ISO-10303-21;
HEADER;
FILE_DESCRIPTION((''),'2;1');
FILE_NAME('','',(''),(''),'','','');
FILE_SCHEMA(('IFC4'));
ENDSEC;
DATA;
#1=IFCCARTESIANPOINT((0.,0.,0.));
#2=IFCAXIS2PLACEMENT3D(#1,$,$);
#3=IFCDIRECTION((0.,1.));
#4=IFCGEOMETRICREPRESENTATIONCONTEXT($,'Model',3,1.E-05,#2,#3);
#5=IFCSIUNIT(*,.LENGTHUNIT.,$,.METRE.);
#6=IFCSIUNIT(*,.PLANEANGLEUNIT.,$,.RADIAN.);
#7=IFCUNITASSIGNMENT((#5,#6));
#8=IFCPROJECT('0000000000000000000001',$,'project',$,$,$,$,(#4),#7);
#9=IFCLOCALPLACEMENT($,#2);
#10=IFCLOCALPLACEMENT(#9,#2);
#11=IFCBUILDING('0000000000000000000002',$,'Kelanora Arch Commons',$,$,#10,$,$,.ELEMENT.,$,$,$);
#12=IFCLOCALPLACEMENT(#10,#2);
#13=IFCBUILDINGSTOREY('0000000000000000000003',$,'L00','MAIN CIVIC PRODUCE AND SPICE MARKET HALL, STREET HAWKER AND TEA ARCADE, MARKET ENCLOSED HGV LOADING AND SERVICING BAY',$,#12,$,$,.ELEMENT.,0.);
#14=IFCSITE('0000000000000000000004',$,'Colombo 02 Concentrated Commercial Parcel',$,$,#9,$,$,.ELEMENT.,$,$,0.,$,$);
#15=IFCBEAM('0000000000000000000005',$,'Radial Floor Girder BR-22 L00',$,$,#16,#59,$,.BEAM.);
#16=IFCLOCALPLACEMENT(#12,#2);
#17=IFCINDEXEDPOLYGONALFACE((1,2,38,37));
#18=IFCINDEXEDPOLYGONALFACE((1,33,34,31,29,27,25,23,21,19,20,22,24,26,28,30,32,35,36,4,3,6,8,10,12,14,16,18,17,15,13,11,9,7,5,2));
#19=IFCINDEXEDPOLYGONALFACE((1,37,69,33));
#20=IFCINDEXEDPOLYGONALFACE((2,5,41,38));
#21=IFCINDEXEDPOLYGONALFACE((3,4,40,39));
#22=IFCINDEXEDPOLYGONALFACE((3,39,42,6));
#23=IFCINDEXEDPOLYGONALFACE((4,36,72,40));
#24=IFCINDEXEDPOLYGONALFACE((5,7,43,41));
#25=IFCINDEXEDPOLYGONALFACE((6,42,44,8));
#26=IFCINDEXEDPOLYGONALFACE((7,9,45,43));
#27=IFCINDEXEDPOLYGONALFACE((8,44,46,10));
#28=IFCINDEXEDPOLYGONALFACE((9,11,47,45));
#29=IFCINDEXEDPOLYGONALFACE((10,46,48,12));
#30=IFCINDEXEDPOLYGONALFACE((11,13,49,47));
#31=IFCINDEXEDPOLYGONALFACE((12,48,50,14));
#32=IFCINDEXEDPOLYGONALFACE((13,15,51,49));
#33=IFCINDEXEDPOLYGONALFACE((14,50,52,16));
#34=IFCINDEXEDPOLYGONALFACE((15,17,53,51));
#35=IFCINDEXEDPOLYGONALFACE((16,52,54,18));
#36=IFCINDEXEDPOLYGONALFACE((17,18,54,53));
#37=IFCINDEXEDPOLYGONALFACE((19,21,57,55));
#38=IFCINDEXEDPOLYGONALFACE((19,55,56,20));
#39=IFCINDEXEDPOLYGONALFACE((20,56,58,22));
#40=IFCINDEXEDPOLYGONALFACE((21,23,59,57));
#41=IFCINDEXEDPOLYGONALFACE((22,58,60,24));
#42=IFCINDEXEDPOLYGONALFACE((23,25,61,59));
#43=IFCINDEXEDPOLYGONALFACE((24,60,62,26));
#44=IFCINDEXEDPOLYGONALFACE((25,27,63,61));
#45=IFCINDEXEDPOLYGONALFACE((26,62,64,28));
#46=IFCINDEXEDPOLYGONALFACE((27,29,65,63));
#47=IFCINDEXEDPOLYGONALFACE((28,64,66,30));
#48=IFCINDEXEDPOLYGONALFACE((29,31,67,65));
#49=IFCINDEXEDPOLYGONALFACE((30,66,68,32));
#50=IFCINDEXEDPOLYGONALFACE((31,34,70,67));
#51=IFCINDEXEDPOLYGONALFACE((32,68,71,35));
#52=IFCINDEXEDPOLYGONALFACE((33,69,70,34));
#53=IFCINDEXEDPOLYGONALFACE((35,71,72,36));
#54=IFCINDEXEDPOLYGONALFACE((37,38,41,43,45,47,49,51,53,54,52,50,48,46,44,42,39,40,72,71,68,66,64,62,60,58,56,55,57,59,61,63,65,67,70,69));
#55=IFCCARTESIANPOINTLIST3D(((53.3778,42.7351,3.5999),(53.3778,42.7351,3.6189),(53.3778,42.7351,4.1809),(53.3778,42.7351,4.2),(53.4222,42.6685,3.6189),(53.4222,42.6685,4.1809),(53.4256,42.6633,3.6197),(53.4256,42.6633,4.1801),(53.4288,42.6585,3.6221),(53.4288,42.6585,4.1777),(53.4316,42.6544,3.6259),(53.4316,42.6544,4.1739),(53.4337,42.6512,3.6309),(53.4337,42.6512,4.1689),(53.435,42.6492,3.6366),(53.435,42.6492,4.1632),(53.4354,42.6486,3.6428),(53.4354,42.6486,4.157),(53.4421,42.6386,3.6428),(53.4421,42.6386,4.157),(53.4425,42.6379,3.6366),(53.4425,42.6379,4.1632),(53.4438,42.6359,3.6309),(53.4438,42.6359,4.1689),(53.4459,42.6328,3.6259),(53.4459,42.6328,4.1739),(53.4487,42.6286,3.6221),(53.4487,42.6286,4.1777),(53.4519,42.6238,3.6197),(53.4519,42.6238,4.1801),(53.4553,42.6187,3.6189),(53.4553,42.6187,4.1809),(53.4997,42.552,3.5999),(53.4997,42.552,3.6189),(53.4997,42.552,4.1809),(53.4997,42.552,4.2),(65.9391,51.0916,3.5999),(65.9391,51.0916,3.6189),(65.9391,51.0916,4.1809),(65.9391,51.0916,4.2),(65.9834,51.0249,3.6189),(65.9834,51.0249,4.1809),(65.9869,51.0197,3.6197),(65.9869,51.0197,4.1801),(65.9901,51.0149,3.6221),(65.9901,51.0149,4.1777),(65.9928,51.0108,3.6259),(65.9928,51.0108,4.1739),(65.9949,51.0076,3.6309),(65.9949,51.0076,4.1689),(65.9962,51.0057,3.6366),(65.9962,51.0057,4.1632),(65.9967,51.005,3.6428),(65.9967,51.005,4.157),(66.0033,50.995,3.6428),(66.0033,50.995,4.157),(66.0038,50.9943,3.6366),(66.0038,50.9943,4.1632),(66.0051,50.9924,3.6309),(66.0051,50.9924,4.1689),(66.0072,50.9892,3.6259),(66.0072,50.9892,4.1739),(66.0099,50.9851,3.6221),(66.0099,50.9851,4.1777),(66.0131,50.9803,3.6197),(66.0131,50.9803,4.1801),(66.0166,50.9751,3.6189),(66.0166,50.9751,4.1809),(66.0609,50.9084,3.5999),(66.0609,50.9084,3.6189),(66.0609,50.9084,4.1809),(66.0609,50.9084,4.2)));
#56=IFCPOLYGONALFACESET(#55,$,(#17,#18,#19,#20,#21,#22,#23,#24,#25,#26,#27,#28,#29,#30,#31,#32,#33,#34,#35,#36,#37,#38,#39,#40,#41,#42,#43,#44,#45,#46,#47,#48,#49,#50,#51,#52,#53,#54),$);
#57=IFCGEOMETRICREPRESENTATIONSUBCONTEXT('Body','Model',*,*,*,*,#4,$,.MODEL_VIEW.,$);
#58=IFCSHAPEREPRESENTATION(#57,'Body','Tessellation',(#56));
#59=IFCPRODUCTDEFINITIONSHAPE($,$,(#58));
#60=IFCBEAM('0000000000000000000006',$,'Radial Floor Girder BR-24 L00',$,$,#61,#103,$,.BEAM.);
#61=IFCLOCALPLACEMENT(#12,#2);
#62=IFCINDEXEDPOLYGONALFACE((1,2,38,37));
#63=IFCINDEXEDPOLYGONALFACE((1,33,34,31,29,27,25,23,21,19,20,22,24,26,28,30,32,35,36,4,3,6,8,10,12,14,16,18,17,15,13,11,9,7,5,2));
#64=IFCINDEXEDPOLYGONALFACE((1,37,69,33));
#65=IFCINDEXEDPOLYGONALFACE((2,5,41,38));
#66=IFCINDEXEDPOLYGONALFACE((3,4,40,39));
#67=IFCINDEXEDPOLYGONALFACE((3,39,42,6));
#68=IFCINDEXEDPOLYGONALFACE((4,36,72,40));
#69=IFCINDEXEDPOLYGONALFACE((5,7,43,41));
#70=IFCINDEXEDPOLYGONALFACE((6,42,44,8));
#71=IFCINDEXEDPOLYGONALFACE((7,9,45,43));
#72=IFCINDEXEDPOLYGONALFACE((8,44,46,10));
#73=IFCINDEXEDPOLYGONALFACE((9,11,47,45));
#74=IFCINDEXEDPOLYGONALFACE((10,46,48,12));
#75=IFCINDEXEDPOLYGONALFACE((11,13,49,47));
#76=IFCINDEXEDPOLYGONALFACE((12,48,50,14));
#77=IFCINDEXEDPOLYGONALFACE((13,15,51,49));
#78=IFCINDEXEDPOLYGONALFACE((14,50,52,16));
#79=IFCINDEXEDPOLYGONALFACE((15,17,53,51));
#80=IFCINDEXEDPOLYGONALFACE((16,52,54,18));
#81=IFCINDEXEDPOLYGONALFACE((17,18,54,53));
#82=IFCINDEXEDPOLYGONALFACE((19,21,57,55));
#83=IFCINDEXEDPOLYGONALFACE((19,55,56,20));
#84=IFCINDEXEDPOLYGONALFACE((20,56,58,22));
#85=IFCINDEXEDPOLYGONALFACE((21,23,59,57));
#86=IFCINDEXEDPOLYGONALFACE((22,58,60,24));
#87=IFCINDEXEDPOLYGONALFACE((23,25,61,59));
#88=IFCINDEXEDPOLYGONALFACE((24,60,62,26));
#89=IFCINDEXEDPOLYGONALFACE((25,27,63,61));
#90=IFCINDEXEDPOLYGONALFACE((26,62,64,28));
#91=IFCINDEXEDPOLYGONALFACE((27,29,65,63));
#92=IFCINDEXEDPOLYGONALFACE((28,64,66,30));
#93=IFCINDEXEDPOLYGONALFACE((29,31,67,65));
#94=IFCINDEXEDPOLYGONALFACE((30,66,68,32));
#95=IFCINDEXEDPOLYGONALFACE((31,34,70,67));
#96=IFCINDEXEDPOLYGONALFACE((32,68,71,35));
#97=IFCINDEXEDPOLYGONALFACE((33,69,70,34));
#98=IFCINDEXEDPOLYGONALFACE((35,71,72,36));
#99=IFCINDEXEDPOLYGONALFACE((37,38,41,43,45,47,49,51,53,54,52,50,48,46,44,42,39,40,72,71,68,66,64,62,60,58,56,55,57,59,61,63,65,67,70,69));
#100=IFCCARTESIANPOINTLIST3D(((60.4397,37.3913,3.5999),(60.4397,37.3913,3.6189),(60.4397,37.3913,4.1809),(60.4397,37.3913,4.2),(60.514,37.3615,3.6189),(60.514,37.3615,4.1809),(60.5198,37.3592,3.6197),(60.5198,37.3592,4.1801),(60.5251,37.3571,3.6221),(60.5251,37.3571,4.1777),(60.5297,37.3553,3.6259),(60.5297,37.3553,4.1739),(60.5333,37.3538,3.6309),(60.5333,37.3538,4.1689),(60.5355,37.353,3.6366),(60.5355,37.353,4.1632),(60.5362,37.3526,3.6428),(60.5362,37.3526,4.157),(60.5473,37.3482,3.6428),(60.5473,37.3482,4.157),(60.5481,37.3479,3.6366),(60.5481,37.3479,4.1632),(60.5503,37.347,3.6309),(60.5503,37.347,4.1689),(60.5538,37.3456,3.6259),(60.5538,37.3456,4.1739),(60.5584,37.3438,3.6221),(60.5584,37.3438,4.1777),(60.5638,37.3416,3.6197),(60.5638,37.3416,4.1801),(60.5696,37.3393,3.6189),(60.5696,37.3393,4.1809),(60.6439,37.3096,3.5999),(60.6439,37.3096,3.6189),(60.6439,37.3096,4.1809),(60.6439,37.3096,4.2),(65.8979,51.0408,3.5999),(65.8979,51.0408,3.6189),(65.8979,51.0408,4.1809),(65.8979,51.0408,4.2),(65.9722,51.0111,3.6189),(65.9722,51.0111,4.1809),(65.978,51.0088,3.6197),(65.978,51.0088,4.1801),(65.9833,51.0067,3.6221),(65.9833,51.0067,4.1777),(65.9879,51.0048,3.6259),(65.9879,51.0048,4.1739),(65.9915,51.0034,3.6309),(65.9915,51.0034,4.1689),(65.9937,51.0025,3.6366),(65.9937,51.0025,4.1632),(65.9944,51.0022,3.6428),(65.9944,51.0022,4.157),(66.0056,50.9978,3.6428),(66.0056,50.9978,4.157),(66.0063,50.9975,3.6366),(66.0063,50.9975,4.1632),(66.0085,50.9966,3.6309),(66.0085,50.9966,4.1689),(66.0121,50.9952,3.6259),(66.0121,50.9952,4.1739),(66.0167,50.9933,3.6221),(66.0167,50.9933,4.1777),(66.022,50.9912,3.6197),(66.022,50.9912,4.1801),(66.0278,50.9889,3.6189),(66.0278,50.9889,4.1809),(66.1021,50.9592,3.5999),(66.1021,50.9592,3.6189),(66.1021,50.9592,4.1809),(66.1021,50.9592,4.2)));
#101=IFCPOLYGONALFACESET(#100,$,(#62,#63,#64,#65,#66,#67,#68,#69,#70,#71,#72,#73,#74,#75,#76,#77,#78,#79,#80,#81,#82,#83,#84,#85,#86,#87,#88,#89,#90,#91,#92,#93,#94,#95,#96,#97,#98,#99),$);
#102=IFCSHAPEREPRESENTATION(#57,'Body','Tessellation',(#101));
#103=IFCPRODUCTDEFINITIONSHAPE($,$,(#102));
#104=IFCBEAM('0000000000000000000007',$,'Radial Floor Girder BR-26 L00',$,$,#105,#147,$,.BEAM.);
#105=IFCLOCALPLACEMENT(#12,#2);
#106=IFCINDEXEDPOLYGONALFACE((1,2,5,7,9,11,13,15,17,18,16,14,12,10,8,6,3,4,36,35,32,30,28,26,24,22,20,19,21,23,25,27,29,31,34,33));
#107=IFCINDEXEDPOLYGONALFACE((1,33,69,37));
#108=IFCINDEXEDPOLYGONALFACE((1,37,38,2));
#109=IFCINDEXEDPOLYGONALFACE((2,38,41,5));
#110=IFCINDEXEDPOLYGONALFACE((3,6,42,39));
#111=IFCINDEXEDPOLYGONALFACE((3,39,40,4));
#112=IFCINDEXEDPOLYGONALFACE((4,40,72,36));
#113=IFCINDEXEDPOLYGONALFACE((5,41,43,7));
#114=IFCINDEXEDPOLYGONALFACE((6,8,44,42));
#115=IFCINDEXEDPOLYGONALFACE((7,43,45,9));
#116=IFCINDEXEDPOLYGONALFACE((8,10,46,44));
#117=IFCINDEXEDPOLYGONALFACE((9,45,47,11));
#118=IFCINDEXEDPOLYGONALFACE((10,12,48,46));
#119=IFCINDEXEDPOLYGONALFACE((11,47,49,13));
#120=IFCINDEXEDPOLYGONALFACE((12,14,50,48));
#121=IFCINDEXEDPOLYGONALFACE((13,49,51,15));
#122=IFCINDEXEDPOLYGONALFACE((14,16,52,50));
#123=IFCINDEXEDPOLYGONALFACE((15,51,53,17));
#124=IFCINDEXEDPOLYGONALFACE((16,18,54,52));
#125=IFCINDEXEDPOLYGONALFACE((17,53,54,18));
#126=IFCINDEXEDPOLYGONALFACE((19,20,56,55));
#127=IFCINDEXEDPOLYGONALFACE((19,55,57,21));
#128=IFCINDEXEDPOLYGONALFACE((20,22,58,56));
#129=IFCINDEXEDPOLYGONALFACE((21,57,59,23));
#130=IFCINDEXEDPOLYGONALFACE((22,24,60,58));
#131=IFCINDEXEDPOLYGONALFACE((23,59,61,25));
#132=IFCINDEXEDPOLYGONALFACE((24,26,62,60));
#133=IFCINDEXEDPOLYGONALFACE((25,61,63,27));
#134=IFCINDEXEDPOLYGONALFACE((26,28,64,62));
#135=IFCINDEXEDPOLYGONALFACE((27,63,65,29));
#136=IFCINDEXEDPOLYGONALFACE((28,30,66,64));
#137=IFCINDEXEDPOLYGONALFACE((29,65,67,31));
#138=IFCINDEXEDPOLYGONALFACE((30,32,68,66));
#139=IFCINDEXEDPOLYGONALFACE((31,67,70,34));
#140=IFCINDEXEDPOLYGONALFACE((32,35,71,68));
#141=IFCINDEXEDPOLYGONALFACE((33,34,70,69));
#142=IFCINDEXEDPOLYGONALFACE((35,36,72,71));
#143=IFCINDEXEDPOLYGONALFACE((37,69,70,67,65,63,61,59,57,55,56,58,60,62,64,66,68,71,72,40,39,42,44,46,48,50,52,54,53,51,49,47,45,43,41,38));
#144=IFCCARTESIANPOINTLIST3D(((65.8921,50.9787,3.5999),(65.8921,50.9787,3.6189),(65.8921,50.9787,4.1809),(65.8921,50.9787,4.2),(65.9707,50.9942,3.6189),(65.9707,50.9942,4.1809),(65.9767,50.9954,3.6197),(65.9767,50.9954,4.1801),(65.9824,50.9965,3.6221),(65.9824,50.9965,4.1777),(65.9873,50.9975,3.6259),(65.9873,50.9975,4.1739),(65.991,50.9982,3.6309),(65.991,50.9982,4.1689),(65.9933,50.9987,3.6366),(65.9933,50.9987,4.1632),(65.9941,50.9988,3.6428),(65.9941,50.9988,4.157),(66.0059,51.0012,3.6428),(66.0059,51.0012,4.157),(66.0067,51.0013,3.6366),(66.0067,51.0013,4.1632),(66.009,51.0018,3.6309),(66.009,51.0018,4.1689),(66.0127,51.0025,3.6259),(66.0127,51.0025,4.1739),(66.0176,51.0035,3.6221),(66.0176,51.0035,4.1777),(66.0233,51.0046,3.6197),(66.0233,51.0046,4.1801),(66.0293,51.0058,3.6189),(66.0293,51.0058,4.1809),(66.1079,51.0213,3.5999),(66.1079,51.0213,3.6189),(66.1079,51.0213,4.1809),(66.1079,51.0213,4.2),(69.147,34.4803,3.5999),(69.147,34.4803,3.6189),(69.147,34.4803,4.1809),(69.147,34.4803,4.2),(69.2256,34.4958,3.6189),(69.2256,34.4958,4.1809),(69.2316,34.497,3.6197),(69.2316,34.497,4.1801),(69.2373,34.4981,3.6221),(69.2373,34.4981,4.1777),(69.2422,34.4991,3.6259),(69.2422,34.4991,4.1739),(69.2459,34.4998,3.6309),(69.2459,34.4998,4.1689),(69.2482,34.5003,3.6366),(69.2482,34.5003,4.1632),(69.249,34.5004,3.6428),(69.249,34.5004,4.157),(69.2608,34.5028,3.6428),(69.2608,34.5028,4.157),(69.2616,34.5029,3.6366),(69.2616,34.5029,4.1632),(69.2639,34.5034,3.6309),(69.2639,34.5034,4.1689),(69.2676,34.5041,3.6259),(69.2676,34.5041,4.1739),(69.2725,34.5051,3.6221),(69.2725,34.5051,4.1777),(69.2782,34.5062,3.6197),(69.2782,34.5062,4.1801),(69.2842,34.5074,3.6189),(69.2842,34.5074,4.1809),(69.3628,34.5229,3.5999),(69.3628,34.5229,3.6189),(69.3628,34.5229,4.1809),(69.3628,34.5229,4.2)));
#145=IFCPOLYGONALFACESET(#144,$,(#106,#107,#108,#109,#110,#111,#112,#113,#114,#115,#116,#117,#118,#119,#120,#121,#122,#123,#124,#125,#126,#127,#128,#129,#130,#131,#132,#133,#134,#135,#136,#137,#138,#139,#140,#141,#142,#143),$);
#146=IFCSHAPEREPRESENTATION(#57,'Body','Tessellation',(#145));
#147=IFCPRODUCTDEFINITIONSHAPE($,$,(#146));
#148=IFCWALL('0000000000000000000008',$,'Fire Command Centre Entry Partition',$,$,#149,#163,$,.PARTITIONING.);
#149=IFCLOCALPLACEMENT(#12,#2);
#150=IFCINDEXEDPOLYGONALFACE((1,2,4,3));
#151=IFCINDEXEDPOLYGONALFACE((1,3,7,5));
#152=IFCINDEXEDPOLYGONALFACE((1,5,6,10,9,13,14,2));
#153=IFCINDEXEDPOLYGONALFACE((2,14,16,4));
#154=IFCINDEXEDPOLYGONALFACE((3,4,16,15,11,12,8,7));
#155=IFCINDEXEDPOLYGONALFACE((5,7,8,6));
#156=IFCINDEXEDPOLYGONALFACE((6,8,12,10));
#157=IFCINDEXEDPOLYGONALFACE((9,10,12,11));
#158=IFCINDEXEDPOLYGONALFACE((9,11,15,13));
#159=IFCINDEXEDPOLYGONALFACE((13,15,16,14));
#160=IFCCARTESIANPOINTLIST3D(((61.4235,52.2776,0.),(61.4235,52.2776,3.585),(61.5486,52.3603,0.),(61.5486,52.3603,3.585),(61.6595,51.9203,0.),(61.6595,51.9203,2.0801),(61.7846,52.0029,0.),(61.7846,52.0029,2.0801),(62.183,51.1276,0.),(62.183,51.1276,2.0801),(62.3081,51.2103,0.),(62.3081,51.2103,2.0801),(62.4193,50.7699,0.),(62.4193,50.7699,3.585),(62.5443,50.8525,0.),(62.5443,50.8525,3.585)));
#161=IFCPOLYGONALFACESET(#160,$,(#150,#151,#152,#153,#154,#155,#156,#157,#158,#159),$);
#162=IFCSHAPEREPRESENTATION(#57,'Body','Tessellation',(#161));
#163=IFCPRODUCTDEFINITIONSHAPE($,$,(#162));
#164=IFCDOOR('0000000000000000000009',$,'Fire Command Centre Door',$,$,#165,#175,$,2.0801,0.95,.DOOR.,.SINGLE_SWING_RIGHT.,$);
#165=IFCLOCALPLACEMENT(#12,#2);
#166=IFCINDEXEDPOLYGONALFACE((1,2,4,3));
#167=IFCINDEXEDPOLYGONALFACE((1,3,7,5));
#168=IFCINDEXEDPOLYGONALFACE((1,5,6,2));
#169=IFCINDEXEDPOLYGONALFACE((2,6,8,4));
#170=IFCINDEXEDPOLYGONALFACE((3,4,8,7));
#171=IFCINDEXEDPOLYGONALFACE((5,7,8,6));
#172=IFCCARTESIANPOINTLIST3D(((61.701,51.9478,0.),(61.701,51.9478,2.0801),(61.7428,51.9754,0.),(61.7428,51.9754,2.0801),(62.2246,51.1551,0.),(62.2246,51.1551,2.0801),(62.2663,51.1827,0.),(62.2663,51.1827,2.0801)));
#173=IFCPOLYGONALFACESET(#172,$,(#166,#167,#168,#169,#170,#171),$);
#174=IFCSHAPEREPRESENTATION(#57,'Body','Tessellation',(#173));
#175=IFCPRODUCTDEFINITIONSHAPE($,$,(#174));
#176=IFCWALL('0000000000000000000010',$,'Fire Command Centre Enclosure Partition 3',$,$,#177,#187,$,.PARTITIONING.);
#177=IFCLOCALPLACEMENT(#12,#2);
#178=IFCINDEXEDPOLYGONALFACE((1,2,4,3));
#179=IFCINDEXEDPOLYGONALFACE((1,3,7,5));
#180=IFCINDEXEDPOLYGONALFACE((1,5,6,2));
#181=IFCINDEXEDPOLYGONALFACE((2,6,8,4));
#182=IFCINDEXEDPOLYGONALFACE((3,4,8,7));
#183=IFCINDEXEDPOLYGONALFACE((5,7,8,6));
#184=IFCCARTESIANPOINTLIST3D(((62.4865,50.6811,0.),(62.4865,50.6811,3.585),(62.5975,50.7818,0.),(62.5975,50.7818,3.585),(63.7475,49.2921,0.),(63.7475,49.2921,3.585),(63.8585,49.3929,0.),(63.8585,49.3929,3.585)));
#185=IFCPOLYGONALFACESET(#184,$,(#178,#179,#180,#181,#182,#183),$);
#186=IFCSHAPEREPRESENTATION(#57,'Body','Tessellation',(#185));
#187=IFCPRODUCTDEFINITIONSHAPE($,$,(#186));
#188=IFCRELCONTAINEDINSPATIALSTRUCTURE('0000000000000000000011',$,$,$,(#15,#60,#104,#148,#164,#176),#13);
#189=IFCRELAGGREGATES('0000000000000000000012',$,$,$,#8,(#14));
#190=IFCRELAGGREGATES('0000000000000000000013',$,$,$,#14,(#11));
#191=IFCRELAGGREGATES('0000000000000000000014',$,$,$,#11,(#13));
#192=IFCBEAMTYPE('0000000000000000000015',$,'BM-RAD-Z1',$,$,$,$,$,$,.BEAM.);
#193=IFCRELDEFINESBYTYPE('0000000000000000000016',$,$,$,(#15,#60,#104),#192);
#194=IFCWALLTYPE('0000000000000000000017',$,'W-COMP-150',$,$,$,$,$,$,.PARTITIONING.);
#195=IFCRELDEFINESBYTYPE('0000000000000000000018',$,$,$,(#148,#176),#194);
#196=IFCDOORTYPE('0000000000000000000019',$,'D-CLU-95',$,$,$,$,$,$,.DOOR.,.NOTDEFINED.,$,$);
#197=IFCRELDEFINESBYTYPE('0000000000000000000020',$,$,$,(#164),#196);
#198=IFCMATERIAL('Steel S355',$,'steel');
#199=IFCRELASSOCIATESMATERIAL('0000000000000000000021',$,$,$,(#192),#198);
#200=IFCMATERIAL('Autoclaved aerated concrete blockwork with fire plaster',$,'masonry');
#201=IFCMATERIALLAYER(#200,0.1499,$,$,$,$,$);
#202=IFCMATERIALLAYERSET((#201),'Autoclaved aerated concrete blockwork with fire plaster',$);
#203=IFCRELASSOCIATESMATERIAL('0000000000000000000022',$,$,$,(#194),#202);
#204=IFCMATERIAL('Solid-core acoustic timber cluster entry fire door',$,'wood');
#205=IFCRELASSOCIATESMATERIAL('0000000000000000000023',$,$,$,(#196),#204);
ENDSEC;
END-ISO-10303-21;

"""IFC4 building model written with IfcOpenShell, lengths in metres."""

from ifc_helpers import new_model, si_unit, direction, frame, frame_2d, origin, origin_2d, place, context, subcontext, project, spatial, rectangle, i_section, extrude, material, layer, layer_set, material_profile, profile_set, type_object, element, fill, save


model = new_model("IFC4")

# Units and contexts
model_context = context("Model", 3, precision=1e-05, world=origin(), true_north=direction((0.0, 1.0)))
body_context = subcontext(model_context, "Body", "Model", "MODEL_VIEW")
ifc_project = project(units=[si_unit("LENGTHUNIT", "METRE"), si_unit("PLANEANGLEUNIT", "RADIAN")], contexts=[model_context])

# Site, building, storey
site_placement = place(None, origin())
site = spatial("IfcSite", under=ifc_project, at=site_placement, Name="Colombo 02 Concentrated Commercial Parcel", CompositionType="ELEMENT", RefElevation=0.0)
building_placement = place(site_placement, origin())
building = spatial("IfcBuilding", under=site, at=building_placement, Name="Kelanora Arch Commons", CompositionType="ELEMENT")
storey_placement = place(building_placement, origin())
storey = spatial("IfcBuildingStorey", under=building, at=storey_placement, Name="L00", Description="MAIN CIVIC PRODUCE AND SPICE MARKET HALL, STREET HAWKER AND TEA ARCADE, MARKET ENCLOSED HGV LOADING AND SERVICING BAY", CompositionType="ELEMENT", Elevation=0.0)

# Beams
ifc_material_1 = material(Name="Steel S355", Category="steel")
ifc_material_profile_1 = material_profile(ifc_material_1, i_section(OverallWidth=0.22, OverallDepth=0.6001, WebThickness=0.012, FlangeThickness=0.019, FilletRadius=0.0239, at=origin_2d()), Name="IPE600")
ifc_profile_set_1 = profile_set([ifc_material_profile_1], Name="Steel S355")
beam_type_1 = type_object("IfcBeamType", Name="BM-RAD-Z1", PredefinedType="BEAM", material=ifc_profile_set_1)
beam_1_placement = place(storey_placement, frame((66.0, 51.0, 3.8999), z_axis=(-0.832593, -0.553886, 0.0), x_axis=(0.553886, -0.832593, 0.0)))
element("IfcBeam", 1, at=beam_1_placement, inside=storey, type_object=beam_type_1, Name="Radial Floor Girder BR-22 L00", PredefinedType="BEAM", context=body_context, shape_type="SweptSolid", body=[
    extrude(i_section(OverallWidth=0.22, OverallDepth=0.6001, WebThickness=0.012, FlangeThickness=0.019, FilletRadius=0.0239, at=origin_2d()), origin(), (0.0, 0.0, 1.0), 15.0869),
])
beam_2_placement = place(storey_placement, frame((66.0, 51.0, 3.8999), z_axis=(-0.371296, -0.928514, 0.0), x_axis=(0.928514, -0.371296, 0.0)))
element("IfcBeam", 2, at=beam_2_placement, inside=storey, type_object=beam_type_1, Name="Radial Floor Girder BR-24 L00", PredefinedType="BEAM", context=body_context, shape_type="SweptSolid", body=[
    extrude(i_section(OverallWidth=0.22, OverallDepth=0.6001, WebThickness=0.012, FlangeThickness=0.019, FilletRadius=0.0239, at=origin_2d()), origin(), (0.0, 0.0, 1.0), 14.7004),
])
beam_3_placement = place(storey_placement, frame((66.0, 51.0, 3.8999), z_axis=(0.193555, -0.981089, 0.0), x_axis=(0.981089, 0.193555, 0.0)))
element("IfcBeam", 3, at=beam_3_placement, inside=storey, type_object=beam_type_1, Name="Radial Floor Girder BR-26 L00", PredefinedType="BEAM", context=body_context, shape_type="SweptSolid", body=[
    extrude(i_section(OverallWidth=0.22, OverallDepth=0.6001, WebThickness=0.012, FlangeThickness=0.019, FilletRadius=0.0239, at=origin_2d()), origin(), (0.0, 0.0, 1.0), 16.8164),
])

# Wall, opening, door
ifc_material_2 = material(Name="Autoclaved aerated concrete blockwork with fire plaster", Category="masonry")
ifc_layer_1 = layer(ifc_material_2, 0.1499)
ifc_layer_set_1 = layer_set([ifc_layer_1], Name="Autoclaved aerated concrete blockwork with fire plaster")
wall_type_1 = type_object("IfcWallType", Name="W-COMP-150", PredefinedType="PARTITIONING", material=ifc_layer_set_1)
wall_1_placement = place(storey_placement, frame((61.4861, 52.3188, 0.0), z_axis=(0.0, 0.0, 1.0), x_axis=(0.551109, -0.834433, 0.0)))
wall_1 = element("IfcWall", 4, at=wall_1_placement, inside=storey, type_object=wall_type_1, Name="Fire Command Centre Entry Partition", PredefinedType="PARTITIONING", context=body_context, shape_type="SweptSolid", body=[
    extrude(rectangle(XDim=1.8069, YDim=0.1499, at=frame_2d((0.9033, 0.0))), origin(), (0.0, 0.0, 1.0), 3.585),
])
opening_1_placement = place(wall_1_placement, frame((0.428, 0.0, 0.0)))
opening_1 = element("IfcOpeningElement", 5, at=opening_1_placement, cuts=wall_1, PredefinedType="OPENING", context=body_context, shape_type="SweptSolid", body=[
    extrude(rectangle(XDim=0.95, YDim=2.0801, at=frame_2d((0.4751, 1.04))), frame((0.0, 0.085, 0.0), z_axis=(0.0, -1.0, 0.0), x_axis=(1.0, 0.0, 0.0)), (0.0, 0.0, 1.0), 0.1699),
])
ifc_material_3 = material(Name="Solid-core acoustic timber cluster entry fire door", Category="wood")
door_type_1 = type_object("IfcDoorType", Name="D-CLU-95", OperationType="NOTDEFINED", PredefinedType="DOOR", material=ifc_material_3)
door_1_placement = place(opening_1_placement, origin())
door_1 = element("IfcDoor", 6, at=door_1_placement, inside=storey, type_object=door_type_1, Name="Fire Command Centre Door", OperationType="SINGLE_SWING_RIGHT", OverallHeight=2.0801, OverallWidth=0.95, PredefinedType="DOOR", context=body_context, shape_type="SweptSolid", body=[
    extrude(rectangle(XDim=0.95, YDim=2.0801, at=frame_2d((0.4751, 1.04))), frame((0.0, 0.0249, 0.0), z_axis=(0.0, -1.0, 0.0), x_axis=(1.0, 0.0, 0.0)), (0.0, 0.0, 1.0), 0.05),
])
fill(opening_1, door_1)

# Wall
wall_2_placement = place(storey_placement, frame((62.542, 50.7314, 0.0), z_axis=(0.0, 0.0, 1.0), x_axis=(0.672187, -0.740382, 0.0)))
element("IfcWall", 7, at=wall_2_placement, inside=storey, type_object=wall_type_1, Name="Fire Command Centre Enclosure Partition 3", PredefinedType="PARTITIONING", context=body_context, shape_type="SweptSolid", body=[
    extrude(rectangle(XDim=1.876, YDim=0.1499, at=frame_2d((0.938, 0.0))), origin(), (0.0, 0.0, 1.0), 3.585),
])

save(model, "model.ifc")
